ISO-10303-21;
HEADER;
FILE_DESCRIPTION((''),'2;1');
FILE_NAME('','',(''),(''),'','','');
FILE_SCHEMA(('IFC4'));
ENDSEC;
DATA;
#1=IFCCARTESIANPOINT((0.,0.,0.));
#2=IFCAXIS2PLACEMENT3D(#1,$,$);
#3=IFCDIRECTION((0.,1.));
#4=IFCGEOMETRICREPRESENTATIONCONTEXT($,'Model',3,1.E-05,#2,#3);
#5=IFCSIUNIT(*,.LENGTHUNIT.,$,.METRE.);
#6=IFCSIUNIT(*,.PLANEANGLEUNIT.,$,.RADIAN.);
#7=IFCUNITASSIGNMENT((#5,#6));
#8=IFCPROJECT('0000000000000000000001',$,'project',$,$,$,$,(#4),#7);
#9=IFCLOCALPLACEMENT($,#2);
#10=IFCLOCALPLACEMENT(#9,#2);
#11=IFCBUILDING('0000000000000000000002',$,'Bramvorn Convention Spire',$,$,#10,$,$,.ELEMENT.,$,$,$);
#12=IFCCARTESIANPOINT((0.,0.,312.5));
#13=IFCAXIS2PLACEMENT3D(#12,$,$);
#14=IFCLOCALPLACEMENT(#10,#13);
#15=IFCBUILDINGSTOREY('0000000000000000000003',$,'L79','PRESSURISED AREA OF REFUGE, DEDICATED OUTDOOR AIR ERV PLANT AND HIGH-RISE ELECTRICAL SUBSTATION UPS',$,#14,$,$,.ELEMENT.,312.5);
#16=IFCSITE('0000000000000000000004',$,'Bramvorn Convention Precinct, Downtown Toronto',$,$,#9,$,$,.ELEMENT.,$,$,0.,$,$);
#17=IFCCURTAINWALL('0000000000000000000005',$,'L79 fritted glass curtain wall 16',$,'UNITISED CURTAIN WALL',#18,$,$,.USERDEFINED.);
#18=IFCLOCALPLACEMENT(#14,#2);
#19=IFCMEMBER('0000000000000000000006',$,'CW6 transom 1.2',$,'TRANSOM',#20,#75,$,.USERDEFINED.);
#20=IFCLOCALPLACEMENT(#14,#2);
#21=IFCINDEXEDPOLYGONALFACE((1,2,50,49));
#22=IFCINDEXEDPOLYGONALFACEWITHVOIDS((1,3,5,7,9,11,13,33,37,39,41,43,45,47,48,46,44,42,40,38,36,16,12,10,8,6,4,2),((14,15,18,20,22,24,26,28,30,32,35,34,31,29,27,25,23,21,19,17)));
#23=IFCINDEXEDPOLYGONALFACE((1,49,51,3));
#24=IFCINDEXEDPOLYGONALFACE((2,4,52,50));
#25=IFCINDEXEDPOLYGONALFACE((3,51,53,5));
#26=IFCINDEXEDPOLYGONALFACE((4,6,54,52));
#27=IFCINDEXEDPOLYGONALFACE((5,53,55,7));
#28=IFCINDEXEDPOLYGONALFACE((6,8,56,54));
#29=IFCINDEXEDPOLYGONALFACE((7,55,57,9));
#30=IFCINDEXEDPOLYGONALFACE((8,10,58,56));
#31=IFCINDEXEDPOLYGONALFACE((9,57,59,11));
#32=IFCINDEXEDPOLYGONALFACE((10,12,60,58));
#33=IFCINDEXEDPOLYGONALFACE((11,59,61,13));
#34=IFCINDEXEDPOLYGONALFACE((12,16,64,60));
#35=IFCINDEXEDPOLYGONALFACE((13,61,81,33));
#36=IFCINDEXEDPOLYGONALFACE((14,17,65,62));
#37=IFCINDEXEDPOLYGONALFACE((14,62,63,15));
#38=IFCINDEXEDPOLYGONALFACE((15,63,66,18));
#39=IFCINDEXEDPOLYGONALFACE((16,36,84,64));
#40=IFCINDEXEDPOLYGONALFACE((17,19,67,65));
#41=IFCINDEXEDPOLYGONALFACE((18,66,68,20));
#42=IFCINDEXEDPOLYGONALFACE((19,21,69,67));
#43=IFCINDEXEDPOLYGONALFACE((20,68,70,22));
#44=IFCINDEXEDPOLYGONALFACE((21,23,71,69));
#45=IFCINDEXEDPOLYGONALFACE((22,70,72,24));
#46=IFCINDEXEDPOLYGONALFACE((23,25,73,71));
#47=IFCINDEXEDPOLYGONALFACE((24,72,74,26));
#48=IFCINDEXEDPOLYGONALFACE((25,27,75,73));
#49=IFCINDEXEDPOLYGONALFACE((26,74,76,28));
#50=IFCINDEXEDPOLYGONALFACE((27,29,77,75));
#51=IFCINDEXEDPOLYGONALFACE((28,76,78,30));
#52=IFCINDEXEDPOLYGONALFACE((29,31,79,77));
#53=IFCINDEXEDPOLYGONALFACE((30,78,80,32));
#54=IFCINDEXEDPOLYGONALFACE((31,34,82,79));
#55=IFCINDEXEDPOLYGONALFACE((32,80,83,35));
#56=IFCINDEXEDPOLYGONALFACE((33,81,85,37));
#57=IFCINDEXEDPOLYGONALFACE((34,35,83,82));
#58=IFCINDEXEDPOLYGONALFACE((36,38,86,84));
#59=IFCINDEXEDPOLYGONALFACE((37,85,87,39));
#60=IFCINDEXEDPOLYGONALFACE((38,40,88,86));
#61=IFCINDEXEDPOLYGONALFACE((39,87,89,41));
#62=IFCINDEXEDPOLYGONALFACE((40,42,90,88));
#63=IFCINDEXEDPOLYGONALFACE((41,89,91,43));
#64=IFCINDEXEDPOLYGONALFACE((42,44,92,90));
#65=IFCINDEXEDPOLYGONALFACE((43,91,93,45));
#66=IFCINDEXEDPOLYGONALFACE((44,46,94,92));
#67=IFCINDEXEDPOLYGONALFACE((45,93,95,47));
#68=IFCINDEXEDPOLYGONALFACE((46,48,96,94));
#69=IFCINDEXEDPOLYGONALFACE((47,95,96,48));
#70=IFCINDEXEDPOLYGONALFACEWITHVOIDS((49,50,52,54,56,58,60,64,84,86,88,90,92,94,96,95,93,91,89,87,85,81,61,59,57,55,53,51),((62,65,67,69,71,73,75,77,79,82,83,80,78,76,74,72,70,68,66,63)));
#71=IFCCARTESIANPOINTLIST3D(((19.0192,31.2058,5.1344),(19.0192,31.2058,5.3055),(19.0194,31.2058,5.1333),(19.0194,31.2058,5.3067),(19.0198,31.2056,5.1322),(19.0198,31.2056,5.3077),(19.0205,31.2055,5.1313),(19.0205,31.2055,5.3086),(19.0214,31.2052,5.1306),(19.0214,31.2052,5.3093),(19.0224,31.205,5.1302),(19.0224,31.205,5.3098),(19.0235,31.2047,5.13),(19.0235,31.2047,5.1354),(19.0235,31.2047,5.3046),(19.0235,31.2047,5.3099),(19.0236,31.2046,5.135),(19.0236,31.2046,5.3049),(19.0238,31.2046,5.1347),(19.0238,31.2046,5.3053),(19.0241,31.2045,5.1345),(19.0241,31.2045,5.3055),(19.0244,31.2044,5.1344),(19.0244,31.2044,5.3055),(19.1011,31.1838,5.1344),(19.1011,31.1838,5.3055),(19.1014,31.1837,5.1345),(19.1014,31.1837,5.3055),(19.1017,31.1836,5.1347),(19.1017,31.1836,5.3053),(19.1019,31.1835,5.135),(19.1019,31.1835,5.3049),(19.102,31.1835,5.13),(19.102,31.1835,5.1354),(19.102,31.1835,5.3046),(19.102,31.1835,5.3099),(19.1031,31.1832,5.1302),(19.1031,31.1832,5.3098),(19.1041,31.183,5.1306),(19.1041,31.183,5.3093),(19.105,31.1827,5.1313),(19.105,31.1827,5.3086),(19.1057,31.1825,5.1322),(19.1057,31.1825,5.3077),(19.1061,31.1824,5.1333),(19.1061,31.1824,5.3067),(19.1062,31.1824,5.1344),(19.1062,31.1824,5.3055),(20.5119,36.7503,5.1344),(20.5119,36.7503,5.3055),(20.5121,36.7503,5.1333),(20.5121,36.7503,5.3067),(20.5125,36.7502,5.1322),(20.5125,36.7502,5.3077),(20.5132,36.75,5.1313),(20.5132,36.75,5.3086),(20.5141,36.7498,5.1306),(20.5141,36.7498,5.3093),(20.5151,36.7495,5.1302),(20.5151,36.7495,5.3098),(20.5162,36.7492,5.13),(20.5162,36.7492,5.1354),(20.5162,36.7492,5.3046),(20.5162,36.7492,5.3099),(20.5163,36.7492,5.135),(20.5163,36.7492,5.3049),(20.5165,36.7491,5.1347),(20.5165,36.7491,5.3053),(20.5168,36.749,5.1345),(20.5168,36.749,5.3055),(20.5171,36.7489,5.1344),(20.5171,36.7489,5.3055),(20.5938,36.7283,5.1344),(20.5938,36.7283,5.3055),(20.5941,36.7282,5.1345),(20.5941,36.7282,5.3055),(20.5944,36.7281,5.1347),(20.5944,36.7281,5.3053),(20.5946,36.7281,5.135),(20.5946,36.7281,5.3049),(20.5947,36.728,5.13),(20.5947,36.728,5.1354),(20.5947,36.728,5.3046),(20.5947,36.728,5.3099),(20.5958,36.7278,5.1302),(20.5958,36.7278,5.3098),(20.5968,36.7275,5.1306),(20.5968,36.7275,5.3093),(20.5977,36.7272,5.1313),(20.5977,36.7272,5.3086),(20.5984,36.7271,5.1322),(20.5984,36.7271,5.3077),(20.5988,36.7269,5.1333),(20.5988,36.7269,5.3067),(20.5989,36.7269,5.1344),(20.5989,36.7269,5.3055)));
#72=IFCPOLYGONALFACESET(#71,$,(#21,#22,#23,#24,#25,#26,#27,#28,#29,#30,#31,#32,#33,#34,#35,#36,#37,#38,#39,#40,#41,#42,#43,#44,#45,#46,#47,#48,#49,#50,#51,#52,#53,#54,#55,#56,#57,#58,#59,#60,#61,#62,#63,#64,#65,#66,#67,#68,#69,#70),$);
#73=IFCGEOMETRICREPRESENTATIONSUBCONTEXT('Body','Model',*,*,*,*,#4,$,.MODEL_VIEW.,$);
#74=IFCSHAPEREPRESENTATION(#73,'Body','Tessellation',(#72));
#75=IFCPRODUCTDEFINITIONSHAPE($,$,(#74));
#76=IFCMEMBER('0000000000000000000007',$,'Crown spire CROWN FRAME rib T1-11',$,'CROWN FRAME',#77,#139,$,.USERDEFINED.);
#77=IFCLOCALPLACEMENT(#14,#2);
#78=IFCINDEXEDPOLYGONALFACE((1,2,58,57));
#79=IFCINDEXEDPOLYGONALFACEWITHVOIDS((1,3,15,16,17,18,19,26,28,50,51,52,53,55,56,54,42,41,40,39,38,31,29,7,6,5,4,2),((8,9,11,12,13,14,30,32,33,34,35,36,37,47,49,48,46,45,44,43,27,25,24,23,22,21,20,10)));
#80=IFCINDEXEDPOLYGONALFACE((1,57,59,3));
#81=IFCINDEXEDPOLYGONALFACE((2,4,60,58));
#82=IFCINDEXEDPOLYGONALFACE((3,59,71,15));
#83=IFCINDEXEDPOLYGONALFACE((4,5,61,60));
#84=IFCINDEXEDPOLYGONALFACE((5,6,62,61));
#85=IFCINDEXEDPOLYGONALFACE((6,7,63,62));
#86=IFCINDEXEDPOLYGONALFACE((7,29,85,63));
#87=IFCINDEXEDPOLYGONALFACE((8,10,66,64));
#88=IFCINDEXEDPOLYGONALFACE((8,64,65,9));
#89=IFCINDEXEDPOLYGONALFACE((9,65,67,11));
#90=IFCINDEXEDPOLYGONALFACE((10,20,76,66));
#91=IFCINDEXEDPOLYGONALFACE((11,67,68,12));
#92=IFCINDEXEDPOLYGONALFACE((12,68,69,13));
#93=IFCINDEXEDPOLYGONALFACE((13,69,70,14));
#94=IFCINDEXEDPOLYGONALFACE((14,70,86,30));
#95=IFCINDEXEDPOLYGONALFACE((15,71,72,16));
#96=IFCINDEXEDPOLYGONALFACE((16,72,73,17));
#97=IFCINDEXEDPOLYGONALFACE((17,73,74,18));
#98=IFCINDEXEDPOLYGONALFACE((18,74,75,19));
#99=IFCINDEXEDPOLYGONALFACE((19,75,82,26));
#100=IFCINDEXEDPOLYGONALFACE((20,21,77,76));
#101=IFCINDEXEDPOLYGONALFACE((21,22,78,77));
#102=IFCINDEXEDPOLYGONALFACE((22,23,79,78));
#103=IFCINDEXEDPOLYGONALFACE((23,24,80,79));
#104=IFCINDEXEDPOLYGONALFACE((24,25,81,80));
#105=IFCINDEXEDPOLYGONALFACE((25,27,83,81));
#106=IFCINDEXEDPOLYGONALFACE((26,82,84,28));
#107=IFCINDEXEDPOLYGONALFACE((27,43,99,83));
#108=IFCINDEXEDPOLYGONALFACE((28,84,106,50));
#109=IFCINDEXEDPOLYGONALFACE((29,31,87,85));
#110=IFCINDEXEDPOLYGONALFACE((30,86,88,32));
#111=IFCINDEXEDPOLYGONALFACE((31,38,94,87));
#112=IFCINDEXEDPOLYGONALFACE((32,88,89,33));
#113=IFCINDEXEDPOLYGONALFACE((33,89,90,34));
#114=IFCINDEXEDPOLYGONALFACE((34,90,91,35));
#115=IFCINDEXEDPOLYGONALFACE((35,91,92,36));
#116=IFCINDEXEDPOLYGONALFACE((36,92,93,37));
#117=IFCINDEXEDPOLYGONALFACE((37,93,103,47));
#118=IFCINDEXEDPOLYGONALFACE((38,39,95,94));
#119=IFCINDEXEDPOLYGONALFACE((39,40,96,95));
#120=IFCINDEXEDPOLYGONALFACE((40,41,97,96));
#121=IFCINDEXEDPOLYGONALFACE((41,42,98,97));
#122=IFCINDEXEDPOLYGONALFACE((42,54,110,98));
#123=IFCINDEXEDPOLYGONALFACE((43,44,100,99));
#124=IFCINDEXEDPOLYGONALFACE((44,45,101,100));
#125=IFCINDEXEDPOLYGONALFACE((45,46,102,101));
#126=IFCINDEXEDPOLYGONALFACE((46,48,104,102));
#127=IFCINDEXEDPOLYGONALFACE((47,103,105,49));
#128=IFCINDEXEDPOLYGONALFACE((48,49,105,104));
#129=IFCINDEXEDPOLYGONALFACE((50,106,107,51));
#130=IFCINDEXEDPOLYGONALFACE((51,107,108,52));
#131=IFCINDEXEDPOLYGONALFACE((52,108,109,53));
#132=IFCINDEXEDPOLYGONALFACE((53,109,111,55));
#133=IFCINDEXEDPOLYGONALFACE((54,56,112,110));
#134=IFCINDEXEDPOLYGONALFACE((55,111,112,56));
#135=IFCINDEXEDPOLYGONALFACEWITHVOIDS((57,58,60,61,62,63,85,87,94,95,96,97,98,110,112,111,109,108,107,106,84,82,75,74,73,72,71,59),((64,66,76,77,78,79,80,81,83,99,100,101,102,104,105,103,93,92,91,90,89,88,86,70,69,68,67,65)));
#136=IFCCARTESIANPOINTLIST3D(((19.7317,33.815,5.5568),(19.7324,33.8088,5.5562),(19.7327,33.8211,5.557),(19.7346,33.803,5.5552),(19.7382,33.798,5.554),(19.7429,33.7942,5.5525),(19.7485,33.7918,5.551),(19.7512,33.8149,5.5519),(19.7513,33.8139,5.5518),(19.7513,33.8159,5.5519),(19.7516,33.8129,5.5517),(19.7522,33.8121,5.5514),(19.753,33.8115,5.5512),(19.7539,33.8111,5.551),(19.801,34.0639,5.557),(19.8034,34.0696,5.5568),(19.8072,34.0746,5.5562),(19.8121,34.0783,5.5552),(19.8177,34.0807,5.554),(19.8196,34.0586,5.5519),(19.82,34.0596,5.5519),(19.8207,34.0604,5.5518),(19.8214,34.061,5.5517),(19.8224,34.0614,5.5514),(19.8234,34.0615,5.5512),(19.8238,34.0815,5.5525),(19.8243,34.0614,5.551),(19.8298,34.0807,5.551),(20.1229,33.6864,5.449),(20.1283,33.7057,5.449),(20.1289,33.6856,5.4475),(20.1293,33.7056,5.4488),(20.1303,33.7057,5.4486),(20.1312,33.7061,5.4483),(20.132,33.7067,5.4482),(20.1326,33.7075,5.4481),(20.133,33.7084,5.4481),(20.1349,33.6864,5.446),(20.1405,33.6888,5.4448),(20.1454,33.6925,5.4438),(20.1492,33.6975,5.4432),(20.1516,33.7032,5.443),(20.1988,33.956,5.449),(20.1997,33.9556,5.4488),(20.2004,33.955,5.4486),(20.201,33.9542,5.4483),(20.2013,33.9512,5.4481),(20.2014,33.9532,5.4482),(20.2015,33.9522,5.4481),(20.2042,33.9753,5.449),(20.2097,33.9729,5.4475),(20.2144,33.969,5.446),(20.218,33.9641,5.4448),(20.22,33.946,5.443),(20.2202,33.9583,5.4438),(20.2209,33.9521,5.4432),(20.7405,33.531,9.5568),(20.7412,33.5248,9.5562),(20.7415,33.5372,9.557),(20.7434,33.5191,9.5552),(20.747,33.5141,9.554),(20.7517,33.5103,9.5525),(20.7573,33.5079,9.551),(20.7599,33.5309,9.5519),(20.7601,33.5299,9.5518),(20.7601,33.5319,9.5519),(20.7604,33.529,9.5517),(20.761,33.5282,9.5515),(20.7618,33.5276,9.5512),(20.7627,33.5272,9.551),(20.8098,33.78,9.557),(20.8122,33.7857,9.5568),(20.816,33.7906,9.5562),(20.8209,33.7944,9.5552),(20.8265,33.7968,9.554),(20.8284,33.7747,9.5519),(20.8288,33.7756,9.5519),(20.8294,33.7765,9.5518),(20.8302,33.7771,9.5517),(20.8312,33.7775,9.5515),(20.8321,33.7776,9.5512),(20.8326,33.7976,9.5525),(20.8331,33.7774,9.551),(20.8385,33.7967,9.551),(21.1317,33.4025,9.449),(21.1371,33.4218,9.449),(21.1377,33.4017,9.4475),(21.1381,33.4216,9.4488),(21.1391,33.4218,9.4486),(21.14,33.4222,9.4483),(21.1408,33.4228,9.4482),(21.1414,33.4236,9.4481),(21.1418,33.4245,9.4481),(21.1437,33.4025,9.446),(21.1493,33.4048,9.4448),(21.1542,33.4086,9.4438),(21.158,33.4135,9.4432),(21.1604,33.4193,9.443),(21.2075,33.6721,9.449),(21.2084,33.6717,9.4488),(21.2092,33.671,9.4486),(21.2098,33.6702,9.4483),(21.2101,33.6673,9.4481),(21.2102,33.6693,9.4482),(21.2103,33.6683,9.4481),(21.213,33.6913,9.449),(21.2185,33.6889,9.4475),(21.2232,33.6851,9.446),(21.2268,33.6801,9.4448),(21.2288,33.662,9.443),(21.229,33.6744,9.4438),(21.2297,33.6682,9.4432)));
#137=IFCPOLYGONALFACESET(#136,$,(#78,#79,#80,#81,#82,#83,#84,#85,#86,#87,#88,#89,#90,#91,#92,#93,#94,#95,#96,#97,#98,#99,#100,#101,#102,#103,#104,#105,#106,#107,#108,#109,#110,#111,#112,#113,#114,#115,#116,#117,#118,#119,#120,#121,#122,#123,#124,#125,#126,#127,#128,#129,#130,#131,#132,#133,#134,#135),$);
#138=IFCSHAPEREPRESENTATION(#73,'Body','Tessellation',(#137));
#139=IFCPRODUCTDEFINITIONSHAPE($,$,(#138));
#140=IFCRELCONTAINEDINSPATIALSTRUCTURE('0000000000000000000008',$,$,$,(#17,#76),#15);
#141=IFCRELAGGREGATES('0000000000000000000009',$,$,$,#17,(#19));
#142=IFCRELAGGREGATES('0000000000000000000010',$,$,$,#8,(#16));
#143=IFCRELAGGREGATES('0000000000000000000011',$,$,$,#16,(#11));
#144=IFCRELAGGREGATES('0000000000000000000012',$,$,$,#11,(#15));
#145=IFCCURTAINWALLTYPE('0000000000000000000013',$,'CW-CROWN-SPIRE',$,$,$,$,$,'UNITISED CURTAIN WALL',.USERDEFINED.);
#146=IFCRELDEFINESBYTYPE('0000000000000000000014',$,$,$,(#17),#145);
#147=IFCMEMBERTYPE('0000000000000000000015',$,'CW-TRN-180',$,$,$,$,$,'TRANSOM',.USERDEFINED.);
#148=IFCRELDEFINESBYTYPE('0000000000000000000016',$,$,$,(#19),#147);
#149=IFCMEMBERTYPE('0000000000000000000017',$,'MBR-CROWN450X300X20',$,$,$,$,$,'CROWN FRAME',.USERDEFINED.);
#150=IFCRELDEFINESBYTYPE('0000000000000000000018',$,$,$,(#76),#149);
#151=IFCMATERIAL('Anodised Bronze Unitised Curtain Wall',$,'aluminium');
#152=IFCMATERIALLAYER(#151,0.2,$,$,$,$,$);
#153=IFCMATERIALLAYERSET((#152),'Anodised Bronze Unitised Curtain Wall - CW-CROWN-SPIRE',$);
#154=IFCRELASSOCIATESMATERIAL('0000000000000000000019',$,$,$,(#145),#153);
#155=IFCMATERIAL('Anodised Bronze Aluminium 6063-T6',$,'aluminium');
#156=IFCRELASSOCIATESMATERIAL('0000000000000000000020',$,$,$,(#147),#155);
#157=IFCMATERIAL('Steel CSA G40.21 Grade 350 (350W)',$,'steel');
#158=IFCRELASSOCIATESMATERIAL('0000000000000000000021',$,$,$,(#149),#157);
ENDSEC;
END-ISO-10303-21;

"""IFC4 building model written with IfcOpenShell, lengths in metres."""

from ifc_helpers import new_model, si_unit, direction, frame, origin, origin_2d, place, context, subcontext, project, spatial, hollow_rectangle, extrude, material, layer, layer_set, material_profile, profile_set, type_object, element, aggregate, save


model = new_model("IFC4")

# Units and contexts
model_context = context("Model", 3, precision=1e-05, world=origin(), true_north=direction((0.0, 1.0)))
body_context = subcontext(model_context, "Body", "Model", "MODEL_VIEW")
ifc_project = project(units=[si_unit("LENGTHUNIT", "METRE"), si_unit("PLANEANGLEUNIT", "RADIAN")], contexts=[model_context])

# Site, building, storey
site_placement = place(None, origin())
site = spatial("IfcSite", under=ifc_project, at=site_placement, Name="Bramvorn Convention Precinct, Downtown Toronto", CompositionType="ELEMENT", RefElevation=0.0)
building_placement = place(site_placement, origin())
building = spatial("IfcBuilding", under=site, at=building_placement, Name="Bramvorn Convention Spire", CompositionType="ELEMENT")
storey_placement = place(building_placement, frame((0.0, 0.0, 312.5)))
storey = spatial("IfcBuildingStorey", under=building, at=storey_placement, Name="L79", Description="PRESSURISED AREA OF REFUGE, DEDICATED OUTDOOR AIR ERV PLANT AND HIGH-RISE ELECTRICAL SUBSTATION UPS", CompositionType="ELEMENT", Elevation=312.5)

# Shared definitions
ifc_material_1 = material(Name="Steel CSA G40.21 Grade 350 (350W)", Category="steel")

# Shared definitions
ifc_material_2 = material(Name="Anodised Bronze Unitised Curtain Wall", Category="aluminium")
ifc_layer_1 = layer(ifc_material_2, 0.2)
ifc_layer_set_1 = layer_set([ifc_layer_1], Name="Anodised Bronze Unitised Curtain Wall - CW-CROWN-SPIRE")
curtain_wall_type = type_object("IfcCurtainWallType", Name="CW-CROWN-SPIRE", ElementType="UNITISED CURTAIN WALL", PredefinedType="USERDEFINED", material=ifc_layer_set_1)
ifc_material_3 = material(Name="Anodised Bronze Aluminium 6063-T6", Category="aluminium")

# Curtain wall
curtain_wall_1_placement = place(storey_placement, origin())
curtain_wall_1 = element("IfcCurtainWall", 1, at=curtain_wall_1_placement, inside=storey, type_object=curtain_wall_type, Name="L79 fritted glass curtain wall 16", ObjectType="UNITISED CURTAIN WALL", PredefinedType="USERDEFINED")

# Member
ifc_material_profile_1 = material_profile(ifc_material_3, hollow_rectangle(XDim=0.0901, YDim=0.1799, WallThickness=0.0044, InnerFilletRadius=0.001, OuterFilletRadius=0.0044, at=origin_2d()))
ifc_profile_set_1 = profile_set([ifc_material_profile_1], Name="Anodised Bronze Aluminium 6063-T6 - CWT90X180")
member_type_1 = type_object("IfcMemberType", Name="CW-TRN-180", ElementType="TRANSOM", PredefinedType="USERDEFINED", material=ifc_profile_set_1)
member_1_placement = place(storey_placement, frame((19.0627, 31.1941, 5.22), z_axis=(0.259964, 0.965618, 0.0), x_axis=(-0.965618, 0.259964, 0.0)))
member_1 = element("IfcMember", 2, at=member_1_placement, type_object=member_type_1, Name="CW6 transom 1.2", ObjectType="TRANSOM", PredefinedType="USERDEFINED", context=body_context, shape_type="SweptSolid", body=[
    extrude(hollow_rectangle(XDim=0.0901, YDim=0.1799, WallThickness=0.0044, InnerFilletRadius=0.001, OuterFilletRadius=0.0044, at=origin_2d()), origin(), (0.0, 0.0, 1.0), 5.7419),
])

# Member
ifc_material_profile_2 = material_profile(ifc_material_1, hollow_rectangle(XDim=0.3, YDim=0.45, WallThickness=0.02, InnerFilletRadius=0.0039, OuterFilletRadius=0.0239, at=origin_2d()))
ifc_profile_set_2 = profile_set([ifc_material_profile_2], Name="Steel CSA G40.21 Grade 350 (350W) - CROWN450X300X20")
member_type_2 = type_object("IfcMemberType", Name="MBR-CROWN450X300X20", ElementType="CROWN FRAME", PredefinedType="USERDEFINED", material=ifc_profile_set_2)
member_2_placement = place(storey_placement, frame((19.9763, 33.8835, 5.5), z_axis=(0.243963, -0.068666, 0.96735), x_axis=(0.270934, 0.962598, 0.0)))
element("IfcMember", 3, at=member_2_placement, inside=storey, type_object=member_type_2, Name="Crown spire CROWN FRAME rib T1-11", ObjectType="CROWN FRAME", PredefinedType="USERDEFINED", context=body_context, shape_type="SweptSolid", body=[
    extrude(hollow_rectangle(XDim=0.3, YDim=0.45, WallThickness=0.02, InnerFilletRadius=0.0039, OuterFilletRadius=0.0239, at=origin_2d()), origin(), (0.0, 0.0, 1.0), 4.135),
])

aggregate(curtain_wall_1, [member_1])

save(model, "model.ifc")
